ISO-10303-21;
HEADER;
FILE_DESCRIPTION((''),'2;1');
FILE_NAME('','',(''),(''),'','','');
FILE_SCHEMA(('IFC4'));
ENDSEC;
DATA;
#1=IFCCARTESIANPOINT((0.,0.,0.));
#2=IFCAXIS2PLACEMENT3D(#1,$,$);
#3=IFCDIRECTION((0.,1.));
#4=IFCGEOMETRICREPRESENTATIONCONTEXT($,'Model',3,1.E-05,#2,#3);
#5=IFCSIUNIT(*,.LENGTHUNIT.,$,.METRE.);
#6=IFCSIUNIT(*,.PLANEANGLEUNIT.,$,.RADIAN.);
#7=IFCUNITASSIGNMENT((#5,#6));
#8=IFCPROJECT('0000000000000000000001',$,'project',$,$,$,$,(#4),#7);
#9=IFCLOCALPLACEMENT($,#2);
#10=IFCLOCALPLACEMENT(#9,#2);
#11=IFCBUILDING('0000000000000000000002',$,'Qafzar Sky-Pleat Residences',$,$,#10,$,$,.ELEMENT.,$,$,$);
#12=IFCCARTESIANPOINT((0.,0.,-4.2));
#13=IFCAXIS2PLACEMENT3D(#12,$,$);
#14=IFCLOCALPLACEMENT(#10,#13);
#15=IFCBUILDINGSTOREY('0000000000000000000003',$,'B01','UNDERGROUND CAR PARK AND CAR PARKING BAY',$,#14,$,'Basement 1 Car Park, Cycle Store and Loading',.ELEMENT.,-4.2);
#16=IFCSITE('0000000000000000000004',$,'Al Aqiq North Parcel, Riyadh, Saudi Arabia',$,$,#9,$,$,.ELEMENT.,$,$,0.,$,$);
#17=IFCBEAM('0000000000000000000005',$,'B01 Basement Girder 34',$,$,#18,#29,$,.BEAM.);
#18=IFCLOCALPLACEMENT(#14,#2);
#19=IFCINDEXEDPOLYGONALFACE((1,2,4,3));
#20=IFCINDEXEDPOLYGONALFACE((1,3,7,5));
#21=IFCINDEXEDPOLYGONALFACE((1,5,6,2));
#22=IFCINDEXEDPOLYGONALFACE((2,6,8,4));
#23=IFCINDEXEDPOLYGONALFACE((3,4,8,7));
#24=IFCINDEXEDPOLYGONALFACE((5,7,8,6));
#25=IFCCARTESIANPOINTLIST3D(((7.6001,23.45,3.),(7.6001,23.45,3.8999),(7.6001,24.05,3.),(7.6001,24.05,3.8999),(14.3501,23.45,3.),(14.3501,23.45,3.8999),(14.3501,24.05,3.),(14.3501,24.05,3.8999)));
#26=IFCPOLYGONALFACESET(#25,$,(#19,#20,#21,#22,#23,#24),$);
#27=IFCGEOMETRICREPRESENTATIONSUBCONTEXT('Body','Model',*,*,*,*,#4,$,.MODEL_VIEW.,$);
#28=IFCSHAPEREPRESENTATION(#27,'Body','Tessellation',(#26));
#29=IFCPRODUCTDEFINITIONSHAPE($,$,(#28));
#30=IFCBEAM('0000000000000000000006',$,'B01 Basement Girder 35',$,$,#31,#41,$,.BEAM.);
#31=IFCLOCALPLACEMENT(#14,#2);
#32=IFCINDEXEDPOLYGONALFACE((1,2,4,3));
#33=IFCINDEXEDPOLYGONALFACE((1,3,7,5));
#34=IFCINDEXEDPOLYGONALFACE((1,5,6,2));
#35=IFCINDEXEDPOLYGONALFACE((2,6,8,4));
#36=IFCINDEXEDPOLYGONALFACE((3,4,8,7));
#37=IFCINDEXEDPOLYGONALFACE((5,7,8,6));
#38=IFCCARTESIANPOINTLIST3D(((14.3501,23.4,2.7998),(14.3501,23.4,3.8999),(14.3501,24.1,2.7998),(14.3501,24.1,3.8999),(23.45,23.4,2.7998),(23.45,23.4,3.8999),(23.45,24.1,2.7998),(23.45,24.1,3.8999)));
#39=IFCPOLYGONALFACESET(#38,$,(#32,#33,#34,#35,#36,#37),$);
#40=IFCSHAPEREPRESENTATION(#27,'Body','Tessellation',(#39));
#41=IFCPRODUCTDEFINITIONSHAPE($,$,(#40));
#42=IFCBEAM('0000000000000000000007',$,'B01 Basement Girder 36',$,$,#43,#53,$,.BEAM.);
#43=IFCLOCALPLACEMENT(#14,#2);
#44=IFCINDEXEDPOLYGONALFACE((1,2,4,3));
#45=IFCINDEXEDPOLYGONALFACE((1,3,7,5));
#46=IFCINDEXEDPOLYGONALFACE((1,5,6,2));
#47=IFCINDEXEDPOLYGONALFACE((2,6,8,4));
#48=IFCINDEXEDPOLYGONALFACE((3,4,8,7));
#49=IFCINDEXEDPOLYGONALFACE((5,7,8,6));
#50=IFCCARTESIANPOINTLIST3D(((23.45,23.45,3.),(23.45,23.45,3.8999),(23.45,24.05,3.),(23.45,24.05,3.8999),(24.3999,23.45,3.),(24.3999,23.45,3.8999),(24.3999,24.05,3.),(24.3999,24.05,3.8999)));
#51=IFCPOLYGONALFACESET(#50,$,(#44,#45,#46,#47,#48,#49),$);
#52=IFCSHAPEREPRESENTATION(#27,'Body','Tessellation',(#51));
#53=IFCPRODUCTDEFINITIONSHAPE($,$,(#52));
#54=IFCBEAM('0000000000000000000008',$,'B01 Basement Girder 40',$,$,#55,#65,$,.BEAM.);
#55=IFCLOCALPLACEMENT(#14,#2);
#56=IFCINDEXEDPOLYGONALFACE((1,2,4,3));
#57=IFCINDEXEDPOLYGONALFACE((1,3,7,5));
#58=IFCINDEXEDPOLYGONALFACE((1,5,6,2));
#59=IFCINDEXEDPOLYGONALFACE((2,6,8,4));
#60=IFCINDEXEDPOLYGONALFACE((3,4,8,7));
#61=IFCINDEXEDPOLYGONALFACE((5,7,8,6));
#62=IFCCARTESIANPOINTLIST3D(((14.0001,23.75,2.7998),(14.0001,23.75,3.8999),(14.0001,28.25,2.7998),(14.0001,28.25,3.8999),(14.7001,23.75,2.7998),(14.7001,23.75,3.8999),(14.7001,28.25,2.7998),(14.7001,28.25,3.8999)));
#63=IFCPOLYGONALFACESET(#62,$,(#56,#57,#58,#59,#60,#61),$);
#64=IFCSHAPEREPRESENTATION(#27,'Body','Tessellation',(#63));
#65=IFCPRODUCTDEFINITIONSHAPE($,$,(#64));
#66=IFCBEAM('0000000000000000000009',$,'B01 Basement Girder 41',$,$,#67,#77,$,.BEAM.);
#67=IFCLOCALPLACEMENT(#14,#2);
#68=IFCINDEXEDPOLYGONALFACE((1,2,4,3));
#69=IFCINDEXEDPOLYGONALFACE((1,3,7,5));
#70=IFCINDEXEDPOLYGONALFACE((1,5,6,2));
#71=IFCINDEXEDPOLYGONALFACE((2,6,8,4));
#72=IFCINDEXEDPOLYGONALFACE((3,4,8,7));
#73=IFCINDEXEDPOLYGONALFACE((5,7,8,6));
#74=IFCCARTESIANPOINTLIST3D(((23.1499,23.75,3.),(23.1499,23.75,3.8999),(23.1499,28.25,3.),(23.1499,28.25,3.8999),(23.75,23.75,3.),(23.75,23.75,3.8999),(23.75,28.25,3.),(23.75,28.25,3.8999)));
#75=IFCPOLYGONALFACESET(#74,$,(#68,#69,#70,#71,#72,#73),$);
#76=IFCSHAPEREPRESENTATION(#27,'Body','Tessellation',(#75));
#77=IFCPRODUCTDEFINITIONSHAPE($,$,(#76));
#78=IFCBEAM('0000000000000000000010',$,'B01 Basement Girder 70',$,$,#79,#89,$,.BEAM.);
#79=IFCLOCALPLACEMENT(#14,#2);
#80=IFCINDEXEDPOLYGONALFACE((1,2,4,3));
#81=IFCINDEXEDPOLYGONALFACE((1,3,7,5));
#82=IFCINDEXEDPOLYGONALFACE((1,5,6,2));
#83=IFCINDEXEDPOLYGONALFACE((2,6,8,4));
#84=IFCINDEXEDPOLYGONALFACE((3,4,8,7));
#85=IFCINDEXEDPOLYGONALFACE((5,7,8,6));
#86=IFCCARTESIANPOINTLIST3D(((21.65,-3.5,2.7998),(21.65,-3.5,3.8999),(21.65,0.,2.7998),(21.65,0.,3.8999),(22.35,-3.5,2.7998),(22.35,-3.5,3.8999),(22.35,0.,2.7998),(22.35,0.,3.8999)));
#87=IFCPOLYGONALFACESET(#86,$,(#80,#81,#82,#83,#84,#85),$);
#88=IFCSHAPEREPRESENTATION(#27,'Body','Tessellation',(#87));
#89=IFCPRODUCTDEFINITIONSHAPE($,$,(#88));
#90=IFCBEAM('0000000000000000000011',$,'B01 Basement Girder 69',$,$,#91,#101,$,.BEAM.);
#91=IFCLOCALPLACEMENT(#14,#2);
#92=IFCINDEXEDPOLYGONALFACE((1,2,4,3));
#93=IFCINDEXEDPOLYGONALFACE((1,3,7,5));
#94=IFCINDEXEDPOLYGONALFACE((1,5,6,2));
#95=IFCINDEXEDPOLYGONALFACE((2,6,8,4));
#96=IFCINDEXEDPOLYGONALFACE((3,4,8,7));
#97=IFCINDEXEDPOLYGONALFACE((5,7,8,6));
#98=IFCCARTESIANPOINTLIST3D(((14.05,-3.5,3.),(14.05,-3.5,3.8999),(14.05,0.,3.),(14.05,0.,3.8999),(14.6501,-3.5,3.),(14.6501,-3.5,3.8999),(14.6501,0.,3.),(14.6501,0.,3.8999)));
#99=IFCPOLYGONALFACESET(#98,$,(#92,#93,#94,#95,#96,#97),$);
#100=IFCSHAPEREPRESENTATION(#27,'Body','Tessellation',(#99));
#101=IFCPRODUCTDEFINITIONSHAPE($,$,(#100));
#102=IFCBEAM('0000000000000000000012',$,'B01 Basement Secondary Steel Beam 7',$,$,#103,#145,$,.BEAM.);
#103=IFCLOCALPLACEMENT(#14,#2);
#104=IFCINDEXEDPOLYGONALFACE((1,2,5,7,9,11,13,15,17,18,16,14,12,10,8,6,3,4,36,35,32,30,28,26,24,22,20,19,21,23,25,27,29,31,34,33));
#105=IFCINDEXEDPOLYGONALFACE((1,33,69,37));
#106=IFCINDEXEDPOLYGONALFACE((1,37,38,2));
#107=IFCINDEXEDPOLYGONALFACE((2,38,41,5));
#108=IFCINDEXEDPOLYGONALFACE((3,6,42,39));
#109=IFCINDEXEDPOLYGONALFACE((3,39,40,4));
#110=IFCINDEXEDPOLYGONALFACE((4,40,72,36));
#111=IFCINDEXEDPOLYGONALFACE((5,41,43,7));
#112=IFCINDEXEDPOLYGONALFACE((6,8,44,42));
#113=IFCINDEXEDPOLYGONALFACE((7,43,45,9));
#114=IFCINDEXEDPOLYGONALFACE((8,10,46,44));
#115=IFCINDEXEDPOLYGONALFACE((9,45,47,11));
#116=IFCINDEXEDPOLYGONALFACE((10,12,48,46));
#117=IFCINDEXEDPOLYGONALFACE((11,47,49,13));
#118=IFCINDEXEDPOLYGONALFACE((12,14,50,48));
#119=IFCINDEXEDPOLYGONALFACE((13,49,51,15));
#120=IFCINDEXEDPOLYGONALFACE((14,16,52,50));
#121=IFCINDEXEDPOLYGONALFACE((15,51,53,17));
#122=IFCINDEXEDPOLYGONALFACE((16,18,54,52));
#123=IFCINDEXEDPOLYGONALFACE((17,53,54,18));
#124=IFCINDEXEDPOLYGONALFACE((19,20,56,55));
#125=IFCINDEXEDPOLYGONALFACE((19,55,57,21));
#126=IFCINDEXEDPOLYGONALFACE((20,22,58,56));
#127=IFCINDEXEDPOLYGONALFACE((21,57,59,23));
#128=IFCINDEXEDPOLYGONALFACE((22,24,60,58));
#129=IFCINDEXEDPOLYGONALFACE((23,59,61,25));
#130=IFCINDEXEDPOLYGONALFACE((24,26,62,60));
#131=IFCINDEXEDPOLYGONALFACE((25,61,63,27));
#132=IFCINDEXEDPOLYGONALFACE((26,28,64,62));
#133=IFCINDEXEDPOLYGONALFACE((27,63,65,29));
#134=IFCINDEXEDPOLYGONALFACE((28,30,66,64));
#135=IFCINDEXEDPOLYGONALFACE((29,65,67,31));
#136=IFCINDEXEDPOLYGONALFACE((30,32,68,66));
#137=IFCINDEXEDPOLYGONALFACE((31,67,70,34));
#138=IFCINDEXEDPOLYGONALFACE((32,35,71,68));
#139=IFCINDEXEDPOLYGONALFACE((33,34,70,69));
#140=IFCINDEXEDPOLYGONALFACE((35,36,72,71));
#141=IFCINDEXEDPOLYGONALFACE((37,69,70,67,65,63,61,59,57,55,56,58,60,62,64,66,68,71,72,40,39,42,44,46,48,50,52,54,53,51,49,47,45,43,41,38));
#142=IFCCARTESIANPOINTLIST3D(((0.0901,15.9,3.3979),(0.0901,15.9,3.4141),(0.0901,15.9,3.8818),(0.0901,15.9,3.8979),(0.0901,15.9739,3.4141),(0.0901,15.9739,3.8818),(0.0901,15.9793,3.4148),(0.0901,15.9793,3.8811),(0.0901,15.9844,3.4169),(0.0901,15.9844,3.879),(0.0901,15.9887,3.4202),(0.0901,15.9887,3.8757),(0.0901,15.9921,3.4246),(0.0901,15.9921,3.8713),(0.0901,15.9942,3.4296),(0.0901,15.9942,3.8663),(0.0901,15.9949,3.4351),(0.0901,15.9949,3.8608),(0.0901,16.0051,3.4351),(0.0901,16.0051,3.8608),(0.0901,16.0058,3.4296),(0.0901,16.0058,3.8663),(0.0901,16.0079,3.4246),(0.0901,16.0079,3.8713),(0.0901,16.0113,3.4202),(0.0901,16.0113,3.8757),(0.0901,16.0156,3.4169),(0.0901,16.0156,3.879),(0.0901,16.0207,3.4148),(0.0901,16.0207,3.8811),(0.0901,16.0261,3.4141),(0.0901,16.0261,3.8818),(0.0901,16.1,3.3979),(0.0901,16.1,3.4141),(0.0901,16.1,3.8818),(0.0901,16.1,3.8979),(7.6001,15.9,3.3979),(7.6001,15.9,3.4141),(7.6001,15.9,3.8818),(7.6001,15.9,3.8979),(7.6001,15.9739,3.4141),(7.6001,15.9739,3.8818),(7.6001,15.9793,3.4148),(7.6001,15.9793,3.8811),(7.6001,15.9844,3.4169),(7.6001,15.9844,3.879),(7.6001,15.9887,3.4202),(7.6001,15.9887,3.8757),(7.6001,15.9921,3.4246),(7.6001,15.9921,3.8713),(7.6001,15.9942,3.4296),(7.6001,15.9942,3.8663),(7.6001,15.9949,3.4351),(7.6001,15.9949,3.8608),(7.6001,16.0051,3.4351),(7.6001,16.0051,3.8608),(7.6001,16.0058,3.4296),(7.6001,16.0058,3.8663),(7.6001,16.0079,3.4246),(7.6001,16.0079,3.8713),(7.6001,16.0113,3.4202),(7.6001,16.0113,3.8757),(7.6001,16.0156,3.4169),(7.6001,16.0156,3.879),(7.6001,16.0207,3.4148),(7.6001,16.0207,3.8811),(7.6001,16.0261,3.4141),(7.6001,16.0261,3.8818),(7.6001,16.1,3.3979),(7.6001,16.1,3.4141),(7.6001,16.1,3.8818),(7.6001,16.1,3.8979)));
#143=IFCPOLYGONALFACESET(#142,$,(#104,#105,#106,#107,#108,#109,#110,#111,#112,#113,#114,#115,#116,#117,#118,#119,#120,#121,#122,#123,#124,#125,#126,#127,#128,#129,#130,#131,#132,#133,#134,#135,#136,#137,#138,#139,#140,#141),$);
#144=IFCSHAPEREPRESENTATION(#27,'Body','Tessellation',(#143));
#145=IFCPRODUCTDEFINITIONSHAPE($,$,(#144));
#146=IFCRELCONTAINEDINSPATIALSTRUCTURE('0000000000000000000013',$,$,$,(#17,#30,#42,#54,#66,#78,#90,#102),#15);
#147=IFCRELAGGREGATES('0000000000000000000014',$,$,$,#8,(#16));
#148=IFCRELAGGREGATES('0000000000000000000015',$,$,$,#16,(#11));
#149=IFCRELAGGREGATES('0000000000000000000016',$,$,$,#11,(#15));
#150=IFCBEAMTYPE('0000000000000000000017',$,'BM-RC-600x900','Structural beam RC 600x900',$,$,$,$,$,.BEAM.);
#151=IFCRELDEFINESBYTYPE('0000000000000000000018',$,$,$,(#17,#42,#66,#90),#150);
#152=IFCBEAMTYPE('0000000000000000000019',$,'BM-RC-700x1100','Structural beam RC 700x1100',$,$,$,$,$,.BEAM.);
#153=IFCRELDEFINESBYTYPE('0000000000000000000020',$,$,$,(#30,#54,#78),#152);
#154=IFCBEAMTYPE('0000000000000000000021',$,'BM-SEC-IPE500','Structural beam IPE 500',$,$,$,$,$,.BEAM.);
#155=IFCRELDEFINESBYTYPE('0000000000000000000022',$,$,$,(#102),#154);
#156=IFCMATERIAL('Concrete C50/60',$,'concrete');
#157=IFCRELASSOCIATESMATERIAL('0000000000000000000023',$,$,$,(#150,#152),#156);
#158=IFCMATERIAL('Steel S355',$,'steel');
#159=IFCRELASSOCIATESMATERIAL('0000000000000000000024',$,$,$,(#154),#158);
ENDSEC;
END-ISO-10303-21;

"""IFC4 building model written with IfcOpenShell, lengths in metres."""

from ifc_helpers import new_model, si_unit, direction, frame, origin, origin_2d, place, context, subcontext, project, spatial, rectangle, i_section, extrude, source, transform, mapped, material, material_profile, profile_set, type_object, element, save


model = new_model("IFC4")

# Units and contexts
model_context = context("Model", 3, precision=1e-05, world=origin(), true_north=direction((0.0, 1.0)))
body_context = subcontext(model_context, "Body", "Model", "MODEL_VIEW")
ifc_project = project(units=[si_unit("LENGTHUNIT", "METRE"), si_unit("PLANEANGLEUNIT", "RADIAN")], contexts=[model_context])

# Site, building, storey
site_placement = place(None, origin())
site = spatial("IfcSite", under=ifc_project, at=site_placement, Name="Al Aqiq North Parcel, Riyadh, Saudi Arabia", CompositionType="ELEMENT", RefElevation=0.0)
building_placement = place(site_placement, origin())
building = spatial("IfcBuilding", under=site, at=building_placement, Name="Qafzar Sky-Pleat Residences", CompositionType="ELEMENT")
storey_placement = place(building_placement, frame((0.0, 0.0, -4.2)))
storey = spatial("IfcBuildingStorey", under=building, at=storey_placement, Name="B01", Description="UNDERGROUND CAR PARK AND CAR PARKING BAY", LongName="Basement 1 Car Park, Cycle Store and Loading", CompositionType="ELEMENT", Elevation=-4.2)

# Beams
ifc_material_1 = material(Name="Concrete C50/60", Category="concrete")
ifc_material_profile_1 = material_profile(ifc_material_1, rectangle(XDim=0.6001, YDim=0.8999, at=origin_2d()), Name="RC 600x900")
ifc_profile_set_1 = profile_set([ifc_material_profile_1], Name="Concrete C50/60")
beam_type_1 = type_object("IfcBeamType", Name="BM-RC-600x900", Description="Structural beam RC 600x900", PredefinedType="BEAM", material=ifc_profile_set_1)
shared_shape_1 = source(origin(), body_context, "Body", "SweptSolid", [
    extrude(rectangle(XDim=0.6001, YDim=0.8999, at=origin_2d()), origin(), (0.0, 0.0, 1.0), 6.75),
])
beam_1_placement = place(storey_placement, frame((7.6001, 23.75, 3.45), z_axis=(1.0, 0.0, 0.0), x_axis=(0.0, 1.0, 0.0)))
element("IfcBeam", 1, at=beam_1_placement, inside=storey, type_object=beam_type_1, Name="B01 Basement Girder 34", PredefinedType="BEAM", context=body_context, shape_type="MappedRepresentation", body=[
    mapped(shared_shape_1, transform((0.0, 0.0, 0.0), x_axis=(1.0, 0.0, 0.0), y_axis=(0.0, 1.0, 0.0), z_axis=(0.0, 0.0, 1.0), scale=1.0)),
])
ifc_material_profile_2 = material_profile(ifc_material_1, rectangle(XDim=0.7, YDim=1.1001, at=origin_2d()), Name="RC 700x1100")
ifc_profile_set_2 = profile_set([ifc_material_profile_2], Name="Concrete C50/60")
beam_type_2 = type_object("IfcBeamType", Name="BM-RC-700x1100", Description="Structural beam RC 700x1100", PredefinedType="BEAM", material=ifc_profile_set_2)
shared_shape_2 = source(origin(), body_context, "Body", "SweptSolid", [
    extrude(rectangle(XDim=0.7, YDim=1.1001, at=origin_2d()), origin(), (0.0, 0.0, 1.0), 9.0999),
])
beam_2_placement = place(storey_placement, frame((14.3501, 23.75, 3.3499), z_axis=(1.0, 0.0, 0.0), x_axis=(0.0, 1.0, 0.0)))
element("IfcBeam", 2, at=beam_2_placement, inside=storey, type_object=beam_type_2, Name="B01 Basement Girder 35", PredefinedType="BEAM", context=body_context, shape_type="MappedRepresentation", body=[
    mapped(shared_shape_2, transform((0.0, 0.0, 0.0), x_axis=(1.0, 0.0, 0.0), y_axis=(0.0, 1.0, 0.0), z_axis=(0.0, 0.0, 1.0), scale=1.0)),
])
shared_shape_3 = source(origin(), body_context, "Body", "SweptSolid", [
    extrude(rectangle(XDim=0.6001, YDim=0.8999, at=origin_2d()), origin(), (0.0, 0.0, 1.0), 0.95),
])
beam_3_placement = place(storey_placement, frame((23.45, 23.75, 3.45), z_axis=(1.0, 0.0, 0.0), x_axis=(0.0, 1.0, 0.0)))
element("IfcBeam", 3, at=beam_3_placement, inside=storey, type_object=beam_type_1, Name="B01 Basement Girder 36", PredefinedType="BEAM", context=body_context, shape_type="MappedRepresentation", body=[
    mapped(shared_shape_3, transform((0.0, 0.0, 0.0), x_axis=(1.0, 0.0, 0.0), y_axis=(0.0, 1.0, 0.0), z_axis=(0.0, 0.0, 1.0), scale=1.0)),
])
shared_shape_4 = source(origin(), body_context, "Body", "SweptSolid", [
    extrude(rectangle(XDim=0.7, YDim=1.1001, at=origin_2d()), origin(), (0.0, 0.0, 1.0), 4.5),
])
beam_4_placement = place(storey_placement, frame((14.3501, 23.75, 3.3499), z_axis=(0.0, 1.0, 0.0), x_axis=(-1.0, 0.0, 0.0)))
element("IfcBeam", 4, at=beam_4_placement, inside=storey, type_object=beam_type_2, Name="B01 Basement Girder 40", PredefinedType="BEAM", context=body_context, shape_type="MappedRepresentation", body=[
    mapped(shared_shape_4, transform((0.0, 0.0, 0.0), x_axis=(1.0, 0.0, 0.0), y_axis=(0.0, 1.0, 0.0), z_axis=(0.0, 0.0, 1.0), scale=1.0)),
])
shared_shape_5 = source(origin(), body_context, "Body", "SweptSolid", [
    extrude(rectangle(XDim=0.6001, YDim=0.8999, at=origin_2d()), origin(), (0.0, 0.0, 1.0), 4.5),
])
beam_5_placement = place(storey_placement, frame((23.45, 23.75, 3.45), z_axis=(0.0, 1.0, 0.0), x_axis=(-1.0, 0.0, 0.0)))
element("IfcBeam", 5, at=beam_5_placement, inside=storey, type_object=beam_type_1, Name="B01 Basement Girder 41", PredefinedType="BEAM", context=body_context, shape_type="MappedRepresentation", body=[
    mapped(shared_shape_5, transform((0.0, 0.0, 0.0), x_axis=(1.0, 0.0, 0.0), y_axis=(0.0, 1.0, 0.0), z_axis=(0.0, 0.0, 1.0), scale=1.0)),
])
shared_shape_6 = source(origin(), body_context, "Body", "SweptSolid", [
    extrude(rectangle(XDim=0.7, YDim=1.1001, at=origin_2d()), origin(), (0.0, 0.0, 1.0), 3.5),
])
beam_6_placement = place(storey_placement, frame((22.0, -3.5, 3.3499), z_axis=(0.0, 1.0, 0.0), x_axis=(-1.0, 0.0, 0.0)))
element("IfcBeam", 6, at=beam_6_placement, inside=storey, type_object=beam_type_2, Name="B01 Basement Girder 70", PredefinedType="BEAM", context=body_context, shape_type="MappedRepresentation", body=[
    mapped(shared_shape_6, transform((0.0, 0.0, 0.0), x_axis=(1.0, 0.0, 0.0), y_axis=(0.0, 1.0, 0.0), z_axis=(0.0, 0.0, 1.0), scale=1.0)),
])
shared_shape_7 = source(origin(), body_context, "Body", "SweptSolid", [
    extrude(rectangle(XDim=0.6001, YDim=0.8999, at=origin_2d()), origin(), (0.0, 0.0, 1.0), 3.5),
])
beam_7_placement = place(storey_placement, frame((14.3501, -3.5, 3.45), z_axis=(0.0, 1.0, 0.0), x_axis=(-1.0, 0.0, 0.0)))
element("IfcBeam", 7, at=beam_7_placement, inside=storey, type_object=beam_type_1, Name="B01 Basement Girder 69", PredefinedType="BEAM", context=body_context, shape_type="MappedRepresentation", body=[
    mapped(shared_shape_7, transform((0.0, 0.0, 0.0), x_axis=(1.0, 0.0, 0.0), y_axis=(0.0, 1.0, 0.0), z_axis=(0.0, 0.0, 1.0), scale=1.0)),
])
ifc_material_2 = material(Name="Steel S355", Category="steel")
ifc_material_profile_3 = material_profile(ifc_material_2, i_section(OverallWidth=0.2, OverallDepth=0.5, WebThickness=0.0103, FlangeThickness=0.0161, FilletRadius=0.021, at=origin_2d()), Name="IPE 500")
ifc_profile_set_3 = profile_set([ifc_material_profile_3], Name="Steel S355")
beam_type_3 = type_object("IfcBeamType", Name="BM-SEC-IPE500", Description="Structural beam IPE 500", PredefinedType="BEAM", material=ifc_profile_set_3)
shared_shape_8 = source(origin(), body_context, "Body", "SweptSolid", [
    extrude(i_section(OverallWidth=0.2, OverallDepth=0.5, WebThickness=0.0103, FlangeThickness=0.0161, FilletRadius=0.021, at=origin_2d()), origin(), (0.0, 0.0, 1.0), 7.51),
])
beam_8_placement = place(storey_placement, frame((0.0901, 16.0, 3.6479), z_axis=(1.0, 0.0, 0.0), x_axis=(0.0, 1.0, 0.0)))
element("IfcBeam", 8, at=beam_8_placement, inside=storey, type_object=beam_type_3, Name="B01 Basement Secondary Steel Beam 7", PredefinedType="BEAM", context=body_context, shape_type="MappedRepresentation", body=[
    mapped(shared_shape_8, transform((0.0, 0.0, 0.0), x_axis=(1.0, 0.0, 0.0), y_axis=(0.0, 1.0, 0.0), z_axis=(0.0, 0.0, 1.0), scale=1.0)),
])

save(model, "model.ifc")
